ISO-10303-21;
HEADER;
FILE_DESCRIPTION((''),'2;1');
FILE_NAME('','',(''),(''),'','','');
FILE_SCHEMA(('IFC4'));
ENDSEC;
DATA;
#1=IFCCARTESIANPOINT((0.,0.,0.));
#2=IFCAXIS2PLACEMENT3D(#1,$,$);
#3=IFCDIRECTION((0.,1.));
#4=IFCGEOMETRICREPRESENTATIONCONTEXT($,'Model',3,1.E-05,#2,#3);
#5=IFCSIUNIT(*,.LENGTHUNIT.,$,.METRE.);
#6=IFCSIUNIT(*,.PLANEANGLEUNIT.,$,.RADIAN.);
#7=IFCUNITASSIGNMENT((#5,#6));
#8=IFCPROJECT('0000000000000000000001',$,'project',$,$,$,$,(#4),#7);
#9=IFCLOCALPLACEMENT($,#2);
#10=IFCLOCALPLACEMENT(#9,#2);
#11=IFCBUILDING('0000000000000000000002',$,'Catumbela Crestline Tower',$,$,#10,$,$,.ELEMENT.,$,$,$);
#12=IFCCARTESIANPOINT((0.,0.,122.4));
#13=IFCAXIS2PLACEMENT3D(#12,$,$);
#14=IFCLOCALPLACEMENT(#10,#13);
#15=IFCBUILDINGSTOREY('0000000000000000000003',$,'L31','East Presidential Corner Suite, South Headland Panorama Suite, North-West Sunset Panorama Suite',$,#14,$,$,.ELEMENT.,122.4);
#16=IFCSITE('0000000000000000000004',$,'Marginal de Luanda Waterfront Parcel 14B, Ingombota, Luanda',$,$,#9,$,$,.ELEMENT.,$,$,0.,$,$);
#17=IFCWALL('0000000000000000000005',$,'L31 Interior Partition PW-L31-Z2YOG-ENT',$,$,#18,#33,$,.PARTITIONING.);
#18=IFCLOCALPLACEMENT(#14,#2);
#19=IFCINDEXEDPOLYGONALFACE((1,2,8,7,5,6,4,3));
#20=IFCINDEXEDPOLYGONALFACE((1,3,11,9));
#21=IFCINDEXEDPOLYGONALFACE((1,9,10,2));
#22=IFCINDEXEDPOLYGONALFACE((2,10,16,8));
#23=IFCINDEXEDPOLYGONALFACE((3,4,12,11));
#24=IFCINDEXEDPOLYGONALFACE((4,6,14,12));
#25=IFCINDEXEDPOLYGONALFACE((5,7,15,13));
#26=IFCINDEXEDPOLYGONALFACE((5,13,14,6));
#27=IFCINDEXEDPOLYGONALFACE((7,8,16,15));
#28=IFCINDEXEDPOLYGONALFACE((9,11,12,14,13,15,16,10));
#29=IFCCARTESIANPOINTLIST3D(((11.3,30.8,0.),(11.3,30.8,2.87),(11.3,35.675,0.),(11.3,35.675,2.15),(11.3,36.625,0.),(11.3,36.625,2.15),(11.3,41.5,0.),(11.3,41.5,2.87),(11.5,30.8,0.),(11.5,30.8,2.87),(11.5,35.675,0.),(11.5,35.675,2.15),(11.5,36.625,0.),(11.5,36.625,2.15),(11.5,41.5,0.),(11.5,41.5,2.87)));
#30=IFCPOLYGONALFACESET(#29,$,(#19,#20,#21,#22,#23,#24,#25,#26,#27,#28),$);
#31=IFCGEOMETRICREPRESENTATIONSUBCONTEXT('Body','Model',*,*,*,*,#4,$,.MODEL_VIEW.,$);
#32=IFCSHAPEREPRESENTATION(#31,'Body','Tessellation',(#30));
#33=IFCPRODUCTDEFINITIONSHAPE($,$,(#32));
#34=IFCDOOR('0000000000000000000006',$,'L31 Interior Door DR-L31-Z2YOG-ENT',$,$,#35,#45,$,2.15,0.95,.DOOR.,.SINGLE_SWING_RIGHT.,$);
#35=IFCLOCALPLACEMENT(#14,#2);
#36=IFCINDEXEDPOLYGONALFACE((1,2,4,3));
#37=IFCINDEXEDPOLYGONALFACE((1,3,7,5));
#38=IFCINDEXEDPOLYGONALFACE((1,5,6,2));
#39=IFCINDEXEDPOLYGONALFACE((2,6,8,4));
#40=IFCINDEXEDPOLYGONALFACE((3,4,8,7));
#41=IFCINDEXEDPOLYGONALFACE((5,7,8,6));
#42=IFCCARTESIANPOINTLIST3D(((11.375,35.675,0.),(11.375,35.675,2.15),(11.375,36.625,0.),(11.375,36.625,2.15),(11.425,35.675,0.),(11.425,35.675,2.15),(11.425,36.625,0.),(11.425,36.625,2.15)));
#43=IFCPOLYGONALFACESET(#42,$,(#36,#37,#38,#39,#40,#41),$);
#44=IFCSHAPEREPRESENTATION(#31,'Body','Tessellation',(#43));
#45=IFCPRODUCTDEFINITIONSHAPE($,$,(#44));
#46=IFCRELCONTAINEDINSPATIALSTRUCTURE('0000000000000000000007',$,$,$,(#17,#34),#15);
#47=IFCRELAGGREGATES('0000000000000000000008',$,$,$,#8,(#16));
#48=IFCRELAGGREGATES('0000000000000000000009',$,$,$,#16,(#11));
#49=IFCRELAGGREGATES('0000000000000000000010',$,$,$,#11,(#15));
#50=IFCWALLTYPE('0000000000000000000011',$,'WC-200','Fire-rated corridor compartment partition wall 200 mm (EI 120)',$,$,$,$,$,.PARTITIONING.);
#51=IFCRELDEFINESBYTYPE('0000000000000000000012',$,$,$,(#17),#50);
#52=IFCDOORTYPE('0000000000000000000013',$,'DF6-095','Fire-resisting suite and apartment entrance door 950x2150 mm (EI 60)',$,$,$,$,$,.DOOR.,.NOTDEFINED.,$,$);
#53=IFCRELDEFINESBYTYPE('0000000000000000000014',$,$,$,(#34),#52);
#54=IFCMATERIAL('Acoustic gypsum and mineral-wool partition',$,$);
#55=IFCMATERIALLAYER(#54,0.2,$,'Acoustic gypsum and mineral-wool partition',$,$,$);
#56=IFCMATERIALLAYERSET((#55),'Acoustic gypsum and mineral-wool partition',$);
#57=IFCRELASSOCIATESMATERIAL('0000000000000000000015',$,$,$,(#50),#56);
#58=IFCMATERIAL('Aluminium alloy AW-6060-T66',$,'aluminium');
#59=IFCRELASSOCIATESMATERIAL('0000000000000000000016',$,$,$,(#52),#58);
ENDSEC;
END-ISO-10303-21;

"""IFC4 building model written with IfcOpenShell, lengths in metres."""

from ifc_helpers import new_model, si_unit, direction, frame, frame_2d, origin, place, context, subcontext, project, spatial, rectangle, extrude, material, layer, layer_set, type_object, element, fill, save


model = new_model("IFC4")

# Units and contexts
model_context = context("Model", 3, precision=1e-05, world=origin(), true_north=direction((0.0, 1.0)))
body_context = subcontext(model_context, "Body", "Model", "MODEL_VIEW")
ifc_project = project(units=[si_unit("LENGTHUNIT", "METRE"), si_unit("PLANEANGLEUNIT", "RADIAN")], contexts=[model_context])

# Site, building, storey
site_placement = place(None, origin())
site = spatial("IfcSite", under=ifc_project, at=site_placement, Name="Marginal de Luanda Waterfront Parcel 14B, Ingombota, Luanda", CompositionType="ELEMENT", RefElevation=0.0)
building_placement = place(site_placement, origin())
building = spatial("IfcBuilding", under=site, at=building_placement, Name="Catumbela Crestline Tower", CompositionType="ELEMENT")
storey_placement = place(building_placement, frame((0.0, 0.0, 122.4)))
storey = spatial("IfcBuildingStorey", under=building, at=storey_placement, Name="L31", Description="East Presidential Corner Suite, South Headland Panorama Suite, North-West Sunset Panorama Suite", CompositionType="ELEMENT", Elevation=122.4)

# Shared definitions
ifc_material_1 = material(Name="Acoustic gypsum and mineral-wool partition")
ifc_layer_1 = layer(ifc_material_1, 0.2, Name="Acoustic gypsum and mineral-wool partition")
ifc_layer_set_1 = layer_set([ifc_layer_1], Name="Acoustic gypsum and mineral-wool partition")
wall_type_1 = type_object("IfcWallType", Name="WC-200", Description="Fire-rated corridor compartment partition wall 200 mm (EI 120)", PredefinedType="PARTITIONING", material=ifc_layer_set_1)
ifc_material_2 = material(Name="Aluminium alloy AW-6060-T66", Category="aluminium")
door_type_1 = type_object("IfcDoorType", Name="DF6-095", Description="Fire-resisting suite and apartment entrance door 950x2150 mm (EI 60)", OperationType="NOTDEFINED", PredefinedType="DOOR", material=ifc_material_2)

# Wall, opening, door
wall_1_placement = place(storey_placement, frame((11.4, 30.8, 0.0), z_axis=(0.0, 0.0, 1.0), x_axis=(0.0, 1.0, 0.0)))
wall_1 = element("IfcWall", 1, at=wall_1_placement, inside=storey, type_object=wall_type_1, Name="L31 Interior Partition PW-L31-Z2YOG-ENT", PredefinedType="PARTITIONING", context=body_context, shape_type="SweptSolid", body=[
    extrude(rectangle(XDim=10.7, YDim=0.2, at=frame_2d((5.35, 0.0))), origin(), (0.0, 0.0, 1.0), 2.87),
])
opening_1_placement = place(wall_1_placement, frame((4.875, 0.0, 0.0)))
opening_1 = element("IfcOpeningElement", 2, at=opening_1_placement, cuts=wall_1, PredefinedType="OPENING", context=body_context, shape_type="SweptSolid", body=[
    extrude(rectangle(XDim=0.95, YDim=2.15, at=frame_2d((0.475, 1.075))), frame((0.0, 0.11, 0.0), z_axis=(0.0, -1.0, 0.0), x_axis=(1.0, 0.0, 0.0)), (0.0, 0.0, 1.0), 0.22),
])
door_1_placement = place(opening_1_placement, origin())
door_1 = element("IfcDoor", 3, at=door_1_placement, inside=storey, type_object=door_type_1, Name="L31 Interior Door DR-L31-Z2YOG-ENT", OperationType="SINGLE_SWING_RIGHT", OverallHeight=2.15, OverallWidth=0.95, PredefinedType="DOOR", context=body_context, shape_type="SweptSolid", body=[
    extrude(rectangle(XDim=0.95, YDim=2.15, at=frame_2d((0.475, 1.075))), frame((0.0, 0.025, 0.0), z_axis=(0.0, -1.0, 0.0), x_axis=(1.0, 0.0, 0.0)), (0.0, 0.0, 1.0), 0.05),
])
fill(opening_1, door_1)

save(model, "model.ifc")
